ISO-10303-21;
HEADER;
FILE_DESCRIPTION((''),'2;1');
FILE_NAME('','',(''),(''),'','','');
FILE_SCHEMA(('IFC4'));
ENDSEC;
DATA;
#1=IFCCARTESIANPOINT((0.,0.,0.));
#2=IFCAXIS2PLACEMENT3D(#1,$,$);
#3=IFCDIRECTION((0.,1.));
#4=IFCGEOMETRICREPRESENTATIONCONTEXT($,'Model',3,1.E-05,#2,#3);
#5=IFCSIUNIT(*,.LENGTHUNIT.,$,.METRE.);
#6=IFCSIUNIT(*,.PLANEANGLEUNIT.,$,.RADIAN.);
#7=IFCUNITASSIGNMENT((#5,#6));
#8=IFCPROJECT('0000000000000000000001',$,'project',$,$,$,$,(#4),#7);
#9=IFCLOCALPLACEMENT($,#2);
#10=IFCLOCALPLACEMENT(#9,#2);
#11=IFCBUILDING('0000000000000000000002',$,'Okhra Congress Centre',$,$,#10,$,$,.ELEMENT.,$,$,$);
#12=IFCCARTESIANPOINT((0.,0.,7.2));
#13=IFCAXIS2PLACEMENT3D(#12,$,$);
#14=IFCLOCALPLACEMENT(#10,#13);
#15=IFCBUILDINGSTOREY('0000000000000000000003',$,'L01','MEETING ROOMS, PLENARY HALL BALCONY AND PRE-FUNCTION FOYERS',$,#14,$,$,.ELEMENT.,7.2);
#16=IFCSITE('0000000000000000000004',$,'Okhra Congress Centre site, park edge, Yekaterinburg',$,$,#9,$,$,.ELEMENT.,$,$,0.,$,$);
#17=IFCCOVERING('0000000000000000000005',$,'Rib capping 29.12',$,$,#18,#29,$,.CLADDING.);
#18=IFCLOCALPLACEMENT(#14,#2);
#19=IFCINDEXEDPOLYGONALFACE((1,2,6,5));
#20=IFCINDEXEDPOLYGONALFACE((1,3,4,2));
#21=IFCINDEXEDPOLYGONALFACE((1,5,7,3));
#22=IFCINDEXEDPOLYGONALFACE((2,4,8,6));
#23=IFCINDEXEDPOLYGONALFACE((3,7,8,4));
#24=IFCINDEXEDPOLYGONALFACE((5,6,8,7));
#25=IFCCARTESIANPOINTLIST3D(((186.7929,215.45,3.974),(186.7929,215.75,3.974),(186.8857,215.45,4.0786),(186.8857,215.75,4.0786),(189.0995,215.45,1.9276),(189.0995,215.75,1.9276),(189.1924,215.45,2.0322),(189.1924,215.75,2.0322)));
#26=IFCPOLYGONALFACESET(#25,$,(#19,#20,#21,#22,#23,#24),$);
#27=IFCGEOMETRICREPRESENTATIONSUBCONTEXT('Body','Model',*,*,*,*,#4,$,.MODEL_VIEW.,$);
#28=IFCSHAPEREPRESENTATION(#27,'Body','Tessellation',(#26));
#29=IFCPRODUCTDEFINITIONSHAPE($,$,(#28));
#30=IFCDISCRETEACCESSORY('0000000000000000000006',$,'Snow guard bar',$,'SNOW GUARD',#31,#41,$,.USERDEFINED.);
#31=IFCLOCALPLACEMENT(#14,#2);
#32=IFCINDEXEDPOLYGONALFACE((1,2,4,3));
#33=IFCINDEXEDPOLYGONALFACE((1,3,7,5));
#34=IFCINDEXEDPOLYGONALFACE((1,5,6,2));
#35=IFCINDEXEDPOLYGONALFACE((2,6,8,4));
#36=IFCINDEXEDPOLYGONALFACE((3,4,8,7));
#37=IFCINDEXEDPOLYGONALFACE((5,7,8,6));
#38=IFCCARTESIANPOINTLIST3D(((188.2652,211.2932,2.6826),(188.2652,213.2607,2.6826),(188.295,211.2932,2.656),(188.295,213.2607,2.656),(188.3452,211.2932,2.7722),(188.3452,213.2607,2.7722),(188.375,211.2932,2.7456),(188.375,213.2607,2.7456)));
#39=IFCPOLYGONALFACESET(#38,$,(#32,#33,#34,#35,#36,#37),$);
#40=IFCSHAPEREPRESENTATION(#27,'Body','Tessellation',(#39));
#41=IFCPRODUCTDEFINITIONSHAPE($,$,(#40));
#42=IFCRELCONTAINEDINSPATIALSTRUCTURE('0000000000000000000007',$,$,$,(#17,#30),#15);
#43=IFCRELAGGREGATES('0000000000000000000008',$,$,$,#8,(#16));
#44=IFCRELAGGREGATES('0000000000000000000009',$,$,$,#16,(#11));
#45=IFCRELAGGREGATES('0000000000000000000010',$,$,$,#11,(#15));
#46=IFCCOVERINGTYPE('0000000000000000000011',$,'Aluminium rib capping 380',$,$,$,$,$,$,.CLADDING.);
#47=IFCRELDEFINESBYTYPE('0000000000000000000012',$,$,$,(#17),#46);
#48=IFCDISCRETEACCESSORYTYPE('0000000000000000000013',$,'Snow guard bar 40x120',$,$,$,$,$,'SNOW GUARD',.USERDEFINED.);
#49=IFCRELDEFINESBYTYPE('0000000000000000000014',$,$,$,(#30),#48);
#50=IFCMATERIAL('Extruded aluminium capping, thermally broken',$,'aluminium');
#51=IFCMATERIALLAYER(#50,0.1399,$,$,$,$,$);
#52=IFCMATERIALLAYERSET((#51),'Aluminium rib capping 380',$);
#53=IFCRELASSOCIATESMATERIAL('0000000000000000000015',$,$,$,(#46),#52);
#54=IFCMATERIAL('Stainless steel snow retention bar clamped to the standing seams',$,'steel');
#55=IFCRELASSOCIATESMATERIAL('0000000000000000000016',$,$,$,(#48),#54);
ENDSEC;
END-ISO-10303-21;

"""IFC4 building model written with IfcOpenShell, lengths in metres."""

from ifc_helpers import new_model, si_unit, direction, frame, origin, place, context, subcontext, project, spatial, polyline, outline, extrude, material, layer, layer_set, type_object, element, save


model = new_model("IFC4")

# Units and contexts
model_context = context("Model", 3, precision=1e-05, world=origin(), true_north=direction((0.0, 1.0)))
body_context = subcontext(model_context, "Body", "Model", "MODEL_VIEW")
ifc_project = project(units=[si_unit("LENGTHUNIT", "METRE"), si_unit("PLANEANGLEUNIT", "RADIAN")], contexts=[model_context])

# Site, building, storey
site_placement = place(None, origin())
site = spatial("IfcSite", under=ifc_project, at=site_placement, Name="Okhra Congress Centre site, park edge, Yekaterinburg", CompositionType="ELEMENT", RefElevation=0.0)
building_placement = place(site_placement, origin())
building = spatial("IfcBuilding", under=site, at=building_placement, Name="Okhra Congress Centre", CompositionType="ELEMENT")
storey_placement = place(building_placement, frame((0.0, 0.0, 7.2)))
storey = spatial("IfcBuildingStorey", under=building, at=storey_placement, Name="L01", Description="MEETING ROOMS, PLENARY HALL BALCONY AND PRE-FUNCTION FOYERS", CompositionType="ELEMENT", Elevation=7.2)

# Covering
ifc_material_1 = material(Name="Extruded aluminium capping, thermally broken", Category="aluminium")
ifc_layer_1 = layer(ifc_material_1, 0.1399)
ifc_layer_set_1 = layer_set([ifc_layer_1], Name="Aluminium rib capping 380")
covering_type = type_object("IfcCoveringType", Name="Aluminium rib capping 380", PredefinedType="CLADDING", material=ifc_layer_set_1)
covering_1_placement = place(storey_placement, frame((186.8857, 215.45, 4.0786), z_axis=(0.663646, 0.0, 0.748047), x_axis=(0.748047, 0.0, -0.663646)))
element("IfcCovering", 1, at=covering_1_placement, inside=storey, type_object=covering_type, Name="Rib capping 29.12", PredefinedType="CLADDING", context=body_context, shape_type="SweptSolid", body=[
    extrude(outline(polyline([(0.0, 0.0), (3.0836, 0.0), (3.0836, 0.3), (0.0, 0.3), (0.0, 0.0)])), origin(), (0.0, 0.0, -1.0), 0.1399),
])

# Discrete accessory
ifc_material_2 = material(Name="Stainless steel snow retention bar clamped to the standing seams", Category="steel")
discrete_accessory_type = type_object("IfcDiscreteAccessoryType", Name="Snow guard bar 40x120", ElementType="SNOW GUARD", PredefinedType="USERDEFINED", material=ifc_material_2)
discrete_accessory_placement = place(storey_placement, frame((188.3452, 211.2932, 2.7722), z_axis=(0.666259, 0.0, 0.745721), x_axis=(0.745721, 0.0, -0.666259)))
element("IfcDiscreteAccessory", 2, at=discrete_accessory_placement, inside=storey, type_object=discrete_accessory_type, Name="Snow guard bar", ObjectType="SNOW GUARD", PredefinedType="USERDEFINED", context=body_context, shape_type="SweptSolid", body=[
    extrude(outline(polyline([(0.0, 0.0), (0.0399, 0.0), (0.0399, 1.9675), (0.0, 1.9675), (0.0, 0.0)])), origin(), (0.0, 0.0, -1.0), 0.1201),
])

save(model, "model.ifc")
